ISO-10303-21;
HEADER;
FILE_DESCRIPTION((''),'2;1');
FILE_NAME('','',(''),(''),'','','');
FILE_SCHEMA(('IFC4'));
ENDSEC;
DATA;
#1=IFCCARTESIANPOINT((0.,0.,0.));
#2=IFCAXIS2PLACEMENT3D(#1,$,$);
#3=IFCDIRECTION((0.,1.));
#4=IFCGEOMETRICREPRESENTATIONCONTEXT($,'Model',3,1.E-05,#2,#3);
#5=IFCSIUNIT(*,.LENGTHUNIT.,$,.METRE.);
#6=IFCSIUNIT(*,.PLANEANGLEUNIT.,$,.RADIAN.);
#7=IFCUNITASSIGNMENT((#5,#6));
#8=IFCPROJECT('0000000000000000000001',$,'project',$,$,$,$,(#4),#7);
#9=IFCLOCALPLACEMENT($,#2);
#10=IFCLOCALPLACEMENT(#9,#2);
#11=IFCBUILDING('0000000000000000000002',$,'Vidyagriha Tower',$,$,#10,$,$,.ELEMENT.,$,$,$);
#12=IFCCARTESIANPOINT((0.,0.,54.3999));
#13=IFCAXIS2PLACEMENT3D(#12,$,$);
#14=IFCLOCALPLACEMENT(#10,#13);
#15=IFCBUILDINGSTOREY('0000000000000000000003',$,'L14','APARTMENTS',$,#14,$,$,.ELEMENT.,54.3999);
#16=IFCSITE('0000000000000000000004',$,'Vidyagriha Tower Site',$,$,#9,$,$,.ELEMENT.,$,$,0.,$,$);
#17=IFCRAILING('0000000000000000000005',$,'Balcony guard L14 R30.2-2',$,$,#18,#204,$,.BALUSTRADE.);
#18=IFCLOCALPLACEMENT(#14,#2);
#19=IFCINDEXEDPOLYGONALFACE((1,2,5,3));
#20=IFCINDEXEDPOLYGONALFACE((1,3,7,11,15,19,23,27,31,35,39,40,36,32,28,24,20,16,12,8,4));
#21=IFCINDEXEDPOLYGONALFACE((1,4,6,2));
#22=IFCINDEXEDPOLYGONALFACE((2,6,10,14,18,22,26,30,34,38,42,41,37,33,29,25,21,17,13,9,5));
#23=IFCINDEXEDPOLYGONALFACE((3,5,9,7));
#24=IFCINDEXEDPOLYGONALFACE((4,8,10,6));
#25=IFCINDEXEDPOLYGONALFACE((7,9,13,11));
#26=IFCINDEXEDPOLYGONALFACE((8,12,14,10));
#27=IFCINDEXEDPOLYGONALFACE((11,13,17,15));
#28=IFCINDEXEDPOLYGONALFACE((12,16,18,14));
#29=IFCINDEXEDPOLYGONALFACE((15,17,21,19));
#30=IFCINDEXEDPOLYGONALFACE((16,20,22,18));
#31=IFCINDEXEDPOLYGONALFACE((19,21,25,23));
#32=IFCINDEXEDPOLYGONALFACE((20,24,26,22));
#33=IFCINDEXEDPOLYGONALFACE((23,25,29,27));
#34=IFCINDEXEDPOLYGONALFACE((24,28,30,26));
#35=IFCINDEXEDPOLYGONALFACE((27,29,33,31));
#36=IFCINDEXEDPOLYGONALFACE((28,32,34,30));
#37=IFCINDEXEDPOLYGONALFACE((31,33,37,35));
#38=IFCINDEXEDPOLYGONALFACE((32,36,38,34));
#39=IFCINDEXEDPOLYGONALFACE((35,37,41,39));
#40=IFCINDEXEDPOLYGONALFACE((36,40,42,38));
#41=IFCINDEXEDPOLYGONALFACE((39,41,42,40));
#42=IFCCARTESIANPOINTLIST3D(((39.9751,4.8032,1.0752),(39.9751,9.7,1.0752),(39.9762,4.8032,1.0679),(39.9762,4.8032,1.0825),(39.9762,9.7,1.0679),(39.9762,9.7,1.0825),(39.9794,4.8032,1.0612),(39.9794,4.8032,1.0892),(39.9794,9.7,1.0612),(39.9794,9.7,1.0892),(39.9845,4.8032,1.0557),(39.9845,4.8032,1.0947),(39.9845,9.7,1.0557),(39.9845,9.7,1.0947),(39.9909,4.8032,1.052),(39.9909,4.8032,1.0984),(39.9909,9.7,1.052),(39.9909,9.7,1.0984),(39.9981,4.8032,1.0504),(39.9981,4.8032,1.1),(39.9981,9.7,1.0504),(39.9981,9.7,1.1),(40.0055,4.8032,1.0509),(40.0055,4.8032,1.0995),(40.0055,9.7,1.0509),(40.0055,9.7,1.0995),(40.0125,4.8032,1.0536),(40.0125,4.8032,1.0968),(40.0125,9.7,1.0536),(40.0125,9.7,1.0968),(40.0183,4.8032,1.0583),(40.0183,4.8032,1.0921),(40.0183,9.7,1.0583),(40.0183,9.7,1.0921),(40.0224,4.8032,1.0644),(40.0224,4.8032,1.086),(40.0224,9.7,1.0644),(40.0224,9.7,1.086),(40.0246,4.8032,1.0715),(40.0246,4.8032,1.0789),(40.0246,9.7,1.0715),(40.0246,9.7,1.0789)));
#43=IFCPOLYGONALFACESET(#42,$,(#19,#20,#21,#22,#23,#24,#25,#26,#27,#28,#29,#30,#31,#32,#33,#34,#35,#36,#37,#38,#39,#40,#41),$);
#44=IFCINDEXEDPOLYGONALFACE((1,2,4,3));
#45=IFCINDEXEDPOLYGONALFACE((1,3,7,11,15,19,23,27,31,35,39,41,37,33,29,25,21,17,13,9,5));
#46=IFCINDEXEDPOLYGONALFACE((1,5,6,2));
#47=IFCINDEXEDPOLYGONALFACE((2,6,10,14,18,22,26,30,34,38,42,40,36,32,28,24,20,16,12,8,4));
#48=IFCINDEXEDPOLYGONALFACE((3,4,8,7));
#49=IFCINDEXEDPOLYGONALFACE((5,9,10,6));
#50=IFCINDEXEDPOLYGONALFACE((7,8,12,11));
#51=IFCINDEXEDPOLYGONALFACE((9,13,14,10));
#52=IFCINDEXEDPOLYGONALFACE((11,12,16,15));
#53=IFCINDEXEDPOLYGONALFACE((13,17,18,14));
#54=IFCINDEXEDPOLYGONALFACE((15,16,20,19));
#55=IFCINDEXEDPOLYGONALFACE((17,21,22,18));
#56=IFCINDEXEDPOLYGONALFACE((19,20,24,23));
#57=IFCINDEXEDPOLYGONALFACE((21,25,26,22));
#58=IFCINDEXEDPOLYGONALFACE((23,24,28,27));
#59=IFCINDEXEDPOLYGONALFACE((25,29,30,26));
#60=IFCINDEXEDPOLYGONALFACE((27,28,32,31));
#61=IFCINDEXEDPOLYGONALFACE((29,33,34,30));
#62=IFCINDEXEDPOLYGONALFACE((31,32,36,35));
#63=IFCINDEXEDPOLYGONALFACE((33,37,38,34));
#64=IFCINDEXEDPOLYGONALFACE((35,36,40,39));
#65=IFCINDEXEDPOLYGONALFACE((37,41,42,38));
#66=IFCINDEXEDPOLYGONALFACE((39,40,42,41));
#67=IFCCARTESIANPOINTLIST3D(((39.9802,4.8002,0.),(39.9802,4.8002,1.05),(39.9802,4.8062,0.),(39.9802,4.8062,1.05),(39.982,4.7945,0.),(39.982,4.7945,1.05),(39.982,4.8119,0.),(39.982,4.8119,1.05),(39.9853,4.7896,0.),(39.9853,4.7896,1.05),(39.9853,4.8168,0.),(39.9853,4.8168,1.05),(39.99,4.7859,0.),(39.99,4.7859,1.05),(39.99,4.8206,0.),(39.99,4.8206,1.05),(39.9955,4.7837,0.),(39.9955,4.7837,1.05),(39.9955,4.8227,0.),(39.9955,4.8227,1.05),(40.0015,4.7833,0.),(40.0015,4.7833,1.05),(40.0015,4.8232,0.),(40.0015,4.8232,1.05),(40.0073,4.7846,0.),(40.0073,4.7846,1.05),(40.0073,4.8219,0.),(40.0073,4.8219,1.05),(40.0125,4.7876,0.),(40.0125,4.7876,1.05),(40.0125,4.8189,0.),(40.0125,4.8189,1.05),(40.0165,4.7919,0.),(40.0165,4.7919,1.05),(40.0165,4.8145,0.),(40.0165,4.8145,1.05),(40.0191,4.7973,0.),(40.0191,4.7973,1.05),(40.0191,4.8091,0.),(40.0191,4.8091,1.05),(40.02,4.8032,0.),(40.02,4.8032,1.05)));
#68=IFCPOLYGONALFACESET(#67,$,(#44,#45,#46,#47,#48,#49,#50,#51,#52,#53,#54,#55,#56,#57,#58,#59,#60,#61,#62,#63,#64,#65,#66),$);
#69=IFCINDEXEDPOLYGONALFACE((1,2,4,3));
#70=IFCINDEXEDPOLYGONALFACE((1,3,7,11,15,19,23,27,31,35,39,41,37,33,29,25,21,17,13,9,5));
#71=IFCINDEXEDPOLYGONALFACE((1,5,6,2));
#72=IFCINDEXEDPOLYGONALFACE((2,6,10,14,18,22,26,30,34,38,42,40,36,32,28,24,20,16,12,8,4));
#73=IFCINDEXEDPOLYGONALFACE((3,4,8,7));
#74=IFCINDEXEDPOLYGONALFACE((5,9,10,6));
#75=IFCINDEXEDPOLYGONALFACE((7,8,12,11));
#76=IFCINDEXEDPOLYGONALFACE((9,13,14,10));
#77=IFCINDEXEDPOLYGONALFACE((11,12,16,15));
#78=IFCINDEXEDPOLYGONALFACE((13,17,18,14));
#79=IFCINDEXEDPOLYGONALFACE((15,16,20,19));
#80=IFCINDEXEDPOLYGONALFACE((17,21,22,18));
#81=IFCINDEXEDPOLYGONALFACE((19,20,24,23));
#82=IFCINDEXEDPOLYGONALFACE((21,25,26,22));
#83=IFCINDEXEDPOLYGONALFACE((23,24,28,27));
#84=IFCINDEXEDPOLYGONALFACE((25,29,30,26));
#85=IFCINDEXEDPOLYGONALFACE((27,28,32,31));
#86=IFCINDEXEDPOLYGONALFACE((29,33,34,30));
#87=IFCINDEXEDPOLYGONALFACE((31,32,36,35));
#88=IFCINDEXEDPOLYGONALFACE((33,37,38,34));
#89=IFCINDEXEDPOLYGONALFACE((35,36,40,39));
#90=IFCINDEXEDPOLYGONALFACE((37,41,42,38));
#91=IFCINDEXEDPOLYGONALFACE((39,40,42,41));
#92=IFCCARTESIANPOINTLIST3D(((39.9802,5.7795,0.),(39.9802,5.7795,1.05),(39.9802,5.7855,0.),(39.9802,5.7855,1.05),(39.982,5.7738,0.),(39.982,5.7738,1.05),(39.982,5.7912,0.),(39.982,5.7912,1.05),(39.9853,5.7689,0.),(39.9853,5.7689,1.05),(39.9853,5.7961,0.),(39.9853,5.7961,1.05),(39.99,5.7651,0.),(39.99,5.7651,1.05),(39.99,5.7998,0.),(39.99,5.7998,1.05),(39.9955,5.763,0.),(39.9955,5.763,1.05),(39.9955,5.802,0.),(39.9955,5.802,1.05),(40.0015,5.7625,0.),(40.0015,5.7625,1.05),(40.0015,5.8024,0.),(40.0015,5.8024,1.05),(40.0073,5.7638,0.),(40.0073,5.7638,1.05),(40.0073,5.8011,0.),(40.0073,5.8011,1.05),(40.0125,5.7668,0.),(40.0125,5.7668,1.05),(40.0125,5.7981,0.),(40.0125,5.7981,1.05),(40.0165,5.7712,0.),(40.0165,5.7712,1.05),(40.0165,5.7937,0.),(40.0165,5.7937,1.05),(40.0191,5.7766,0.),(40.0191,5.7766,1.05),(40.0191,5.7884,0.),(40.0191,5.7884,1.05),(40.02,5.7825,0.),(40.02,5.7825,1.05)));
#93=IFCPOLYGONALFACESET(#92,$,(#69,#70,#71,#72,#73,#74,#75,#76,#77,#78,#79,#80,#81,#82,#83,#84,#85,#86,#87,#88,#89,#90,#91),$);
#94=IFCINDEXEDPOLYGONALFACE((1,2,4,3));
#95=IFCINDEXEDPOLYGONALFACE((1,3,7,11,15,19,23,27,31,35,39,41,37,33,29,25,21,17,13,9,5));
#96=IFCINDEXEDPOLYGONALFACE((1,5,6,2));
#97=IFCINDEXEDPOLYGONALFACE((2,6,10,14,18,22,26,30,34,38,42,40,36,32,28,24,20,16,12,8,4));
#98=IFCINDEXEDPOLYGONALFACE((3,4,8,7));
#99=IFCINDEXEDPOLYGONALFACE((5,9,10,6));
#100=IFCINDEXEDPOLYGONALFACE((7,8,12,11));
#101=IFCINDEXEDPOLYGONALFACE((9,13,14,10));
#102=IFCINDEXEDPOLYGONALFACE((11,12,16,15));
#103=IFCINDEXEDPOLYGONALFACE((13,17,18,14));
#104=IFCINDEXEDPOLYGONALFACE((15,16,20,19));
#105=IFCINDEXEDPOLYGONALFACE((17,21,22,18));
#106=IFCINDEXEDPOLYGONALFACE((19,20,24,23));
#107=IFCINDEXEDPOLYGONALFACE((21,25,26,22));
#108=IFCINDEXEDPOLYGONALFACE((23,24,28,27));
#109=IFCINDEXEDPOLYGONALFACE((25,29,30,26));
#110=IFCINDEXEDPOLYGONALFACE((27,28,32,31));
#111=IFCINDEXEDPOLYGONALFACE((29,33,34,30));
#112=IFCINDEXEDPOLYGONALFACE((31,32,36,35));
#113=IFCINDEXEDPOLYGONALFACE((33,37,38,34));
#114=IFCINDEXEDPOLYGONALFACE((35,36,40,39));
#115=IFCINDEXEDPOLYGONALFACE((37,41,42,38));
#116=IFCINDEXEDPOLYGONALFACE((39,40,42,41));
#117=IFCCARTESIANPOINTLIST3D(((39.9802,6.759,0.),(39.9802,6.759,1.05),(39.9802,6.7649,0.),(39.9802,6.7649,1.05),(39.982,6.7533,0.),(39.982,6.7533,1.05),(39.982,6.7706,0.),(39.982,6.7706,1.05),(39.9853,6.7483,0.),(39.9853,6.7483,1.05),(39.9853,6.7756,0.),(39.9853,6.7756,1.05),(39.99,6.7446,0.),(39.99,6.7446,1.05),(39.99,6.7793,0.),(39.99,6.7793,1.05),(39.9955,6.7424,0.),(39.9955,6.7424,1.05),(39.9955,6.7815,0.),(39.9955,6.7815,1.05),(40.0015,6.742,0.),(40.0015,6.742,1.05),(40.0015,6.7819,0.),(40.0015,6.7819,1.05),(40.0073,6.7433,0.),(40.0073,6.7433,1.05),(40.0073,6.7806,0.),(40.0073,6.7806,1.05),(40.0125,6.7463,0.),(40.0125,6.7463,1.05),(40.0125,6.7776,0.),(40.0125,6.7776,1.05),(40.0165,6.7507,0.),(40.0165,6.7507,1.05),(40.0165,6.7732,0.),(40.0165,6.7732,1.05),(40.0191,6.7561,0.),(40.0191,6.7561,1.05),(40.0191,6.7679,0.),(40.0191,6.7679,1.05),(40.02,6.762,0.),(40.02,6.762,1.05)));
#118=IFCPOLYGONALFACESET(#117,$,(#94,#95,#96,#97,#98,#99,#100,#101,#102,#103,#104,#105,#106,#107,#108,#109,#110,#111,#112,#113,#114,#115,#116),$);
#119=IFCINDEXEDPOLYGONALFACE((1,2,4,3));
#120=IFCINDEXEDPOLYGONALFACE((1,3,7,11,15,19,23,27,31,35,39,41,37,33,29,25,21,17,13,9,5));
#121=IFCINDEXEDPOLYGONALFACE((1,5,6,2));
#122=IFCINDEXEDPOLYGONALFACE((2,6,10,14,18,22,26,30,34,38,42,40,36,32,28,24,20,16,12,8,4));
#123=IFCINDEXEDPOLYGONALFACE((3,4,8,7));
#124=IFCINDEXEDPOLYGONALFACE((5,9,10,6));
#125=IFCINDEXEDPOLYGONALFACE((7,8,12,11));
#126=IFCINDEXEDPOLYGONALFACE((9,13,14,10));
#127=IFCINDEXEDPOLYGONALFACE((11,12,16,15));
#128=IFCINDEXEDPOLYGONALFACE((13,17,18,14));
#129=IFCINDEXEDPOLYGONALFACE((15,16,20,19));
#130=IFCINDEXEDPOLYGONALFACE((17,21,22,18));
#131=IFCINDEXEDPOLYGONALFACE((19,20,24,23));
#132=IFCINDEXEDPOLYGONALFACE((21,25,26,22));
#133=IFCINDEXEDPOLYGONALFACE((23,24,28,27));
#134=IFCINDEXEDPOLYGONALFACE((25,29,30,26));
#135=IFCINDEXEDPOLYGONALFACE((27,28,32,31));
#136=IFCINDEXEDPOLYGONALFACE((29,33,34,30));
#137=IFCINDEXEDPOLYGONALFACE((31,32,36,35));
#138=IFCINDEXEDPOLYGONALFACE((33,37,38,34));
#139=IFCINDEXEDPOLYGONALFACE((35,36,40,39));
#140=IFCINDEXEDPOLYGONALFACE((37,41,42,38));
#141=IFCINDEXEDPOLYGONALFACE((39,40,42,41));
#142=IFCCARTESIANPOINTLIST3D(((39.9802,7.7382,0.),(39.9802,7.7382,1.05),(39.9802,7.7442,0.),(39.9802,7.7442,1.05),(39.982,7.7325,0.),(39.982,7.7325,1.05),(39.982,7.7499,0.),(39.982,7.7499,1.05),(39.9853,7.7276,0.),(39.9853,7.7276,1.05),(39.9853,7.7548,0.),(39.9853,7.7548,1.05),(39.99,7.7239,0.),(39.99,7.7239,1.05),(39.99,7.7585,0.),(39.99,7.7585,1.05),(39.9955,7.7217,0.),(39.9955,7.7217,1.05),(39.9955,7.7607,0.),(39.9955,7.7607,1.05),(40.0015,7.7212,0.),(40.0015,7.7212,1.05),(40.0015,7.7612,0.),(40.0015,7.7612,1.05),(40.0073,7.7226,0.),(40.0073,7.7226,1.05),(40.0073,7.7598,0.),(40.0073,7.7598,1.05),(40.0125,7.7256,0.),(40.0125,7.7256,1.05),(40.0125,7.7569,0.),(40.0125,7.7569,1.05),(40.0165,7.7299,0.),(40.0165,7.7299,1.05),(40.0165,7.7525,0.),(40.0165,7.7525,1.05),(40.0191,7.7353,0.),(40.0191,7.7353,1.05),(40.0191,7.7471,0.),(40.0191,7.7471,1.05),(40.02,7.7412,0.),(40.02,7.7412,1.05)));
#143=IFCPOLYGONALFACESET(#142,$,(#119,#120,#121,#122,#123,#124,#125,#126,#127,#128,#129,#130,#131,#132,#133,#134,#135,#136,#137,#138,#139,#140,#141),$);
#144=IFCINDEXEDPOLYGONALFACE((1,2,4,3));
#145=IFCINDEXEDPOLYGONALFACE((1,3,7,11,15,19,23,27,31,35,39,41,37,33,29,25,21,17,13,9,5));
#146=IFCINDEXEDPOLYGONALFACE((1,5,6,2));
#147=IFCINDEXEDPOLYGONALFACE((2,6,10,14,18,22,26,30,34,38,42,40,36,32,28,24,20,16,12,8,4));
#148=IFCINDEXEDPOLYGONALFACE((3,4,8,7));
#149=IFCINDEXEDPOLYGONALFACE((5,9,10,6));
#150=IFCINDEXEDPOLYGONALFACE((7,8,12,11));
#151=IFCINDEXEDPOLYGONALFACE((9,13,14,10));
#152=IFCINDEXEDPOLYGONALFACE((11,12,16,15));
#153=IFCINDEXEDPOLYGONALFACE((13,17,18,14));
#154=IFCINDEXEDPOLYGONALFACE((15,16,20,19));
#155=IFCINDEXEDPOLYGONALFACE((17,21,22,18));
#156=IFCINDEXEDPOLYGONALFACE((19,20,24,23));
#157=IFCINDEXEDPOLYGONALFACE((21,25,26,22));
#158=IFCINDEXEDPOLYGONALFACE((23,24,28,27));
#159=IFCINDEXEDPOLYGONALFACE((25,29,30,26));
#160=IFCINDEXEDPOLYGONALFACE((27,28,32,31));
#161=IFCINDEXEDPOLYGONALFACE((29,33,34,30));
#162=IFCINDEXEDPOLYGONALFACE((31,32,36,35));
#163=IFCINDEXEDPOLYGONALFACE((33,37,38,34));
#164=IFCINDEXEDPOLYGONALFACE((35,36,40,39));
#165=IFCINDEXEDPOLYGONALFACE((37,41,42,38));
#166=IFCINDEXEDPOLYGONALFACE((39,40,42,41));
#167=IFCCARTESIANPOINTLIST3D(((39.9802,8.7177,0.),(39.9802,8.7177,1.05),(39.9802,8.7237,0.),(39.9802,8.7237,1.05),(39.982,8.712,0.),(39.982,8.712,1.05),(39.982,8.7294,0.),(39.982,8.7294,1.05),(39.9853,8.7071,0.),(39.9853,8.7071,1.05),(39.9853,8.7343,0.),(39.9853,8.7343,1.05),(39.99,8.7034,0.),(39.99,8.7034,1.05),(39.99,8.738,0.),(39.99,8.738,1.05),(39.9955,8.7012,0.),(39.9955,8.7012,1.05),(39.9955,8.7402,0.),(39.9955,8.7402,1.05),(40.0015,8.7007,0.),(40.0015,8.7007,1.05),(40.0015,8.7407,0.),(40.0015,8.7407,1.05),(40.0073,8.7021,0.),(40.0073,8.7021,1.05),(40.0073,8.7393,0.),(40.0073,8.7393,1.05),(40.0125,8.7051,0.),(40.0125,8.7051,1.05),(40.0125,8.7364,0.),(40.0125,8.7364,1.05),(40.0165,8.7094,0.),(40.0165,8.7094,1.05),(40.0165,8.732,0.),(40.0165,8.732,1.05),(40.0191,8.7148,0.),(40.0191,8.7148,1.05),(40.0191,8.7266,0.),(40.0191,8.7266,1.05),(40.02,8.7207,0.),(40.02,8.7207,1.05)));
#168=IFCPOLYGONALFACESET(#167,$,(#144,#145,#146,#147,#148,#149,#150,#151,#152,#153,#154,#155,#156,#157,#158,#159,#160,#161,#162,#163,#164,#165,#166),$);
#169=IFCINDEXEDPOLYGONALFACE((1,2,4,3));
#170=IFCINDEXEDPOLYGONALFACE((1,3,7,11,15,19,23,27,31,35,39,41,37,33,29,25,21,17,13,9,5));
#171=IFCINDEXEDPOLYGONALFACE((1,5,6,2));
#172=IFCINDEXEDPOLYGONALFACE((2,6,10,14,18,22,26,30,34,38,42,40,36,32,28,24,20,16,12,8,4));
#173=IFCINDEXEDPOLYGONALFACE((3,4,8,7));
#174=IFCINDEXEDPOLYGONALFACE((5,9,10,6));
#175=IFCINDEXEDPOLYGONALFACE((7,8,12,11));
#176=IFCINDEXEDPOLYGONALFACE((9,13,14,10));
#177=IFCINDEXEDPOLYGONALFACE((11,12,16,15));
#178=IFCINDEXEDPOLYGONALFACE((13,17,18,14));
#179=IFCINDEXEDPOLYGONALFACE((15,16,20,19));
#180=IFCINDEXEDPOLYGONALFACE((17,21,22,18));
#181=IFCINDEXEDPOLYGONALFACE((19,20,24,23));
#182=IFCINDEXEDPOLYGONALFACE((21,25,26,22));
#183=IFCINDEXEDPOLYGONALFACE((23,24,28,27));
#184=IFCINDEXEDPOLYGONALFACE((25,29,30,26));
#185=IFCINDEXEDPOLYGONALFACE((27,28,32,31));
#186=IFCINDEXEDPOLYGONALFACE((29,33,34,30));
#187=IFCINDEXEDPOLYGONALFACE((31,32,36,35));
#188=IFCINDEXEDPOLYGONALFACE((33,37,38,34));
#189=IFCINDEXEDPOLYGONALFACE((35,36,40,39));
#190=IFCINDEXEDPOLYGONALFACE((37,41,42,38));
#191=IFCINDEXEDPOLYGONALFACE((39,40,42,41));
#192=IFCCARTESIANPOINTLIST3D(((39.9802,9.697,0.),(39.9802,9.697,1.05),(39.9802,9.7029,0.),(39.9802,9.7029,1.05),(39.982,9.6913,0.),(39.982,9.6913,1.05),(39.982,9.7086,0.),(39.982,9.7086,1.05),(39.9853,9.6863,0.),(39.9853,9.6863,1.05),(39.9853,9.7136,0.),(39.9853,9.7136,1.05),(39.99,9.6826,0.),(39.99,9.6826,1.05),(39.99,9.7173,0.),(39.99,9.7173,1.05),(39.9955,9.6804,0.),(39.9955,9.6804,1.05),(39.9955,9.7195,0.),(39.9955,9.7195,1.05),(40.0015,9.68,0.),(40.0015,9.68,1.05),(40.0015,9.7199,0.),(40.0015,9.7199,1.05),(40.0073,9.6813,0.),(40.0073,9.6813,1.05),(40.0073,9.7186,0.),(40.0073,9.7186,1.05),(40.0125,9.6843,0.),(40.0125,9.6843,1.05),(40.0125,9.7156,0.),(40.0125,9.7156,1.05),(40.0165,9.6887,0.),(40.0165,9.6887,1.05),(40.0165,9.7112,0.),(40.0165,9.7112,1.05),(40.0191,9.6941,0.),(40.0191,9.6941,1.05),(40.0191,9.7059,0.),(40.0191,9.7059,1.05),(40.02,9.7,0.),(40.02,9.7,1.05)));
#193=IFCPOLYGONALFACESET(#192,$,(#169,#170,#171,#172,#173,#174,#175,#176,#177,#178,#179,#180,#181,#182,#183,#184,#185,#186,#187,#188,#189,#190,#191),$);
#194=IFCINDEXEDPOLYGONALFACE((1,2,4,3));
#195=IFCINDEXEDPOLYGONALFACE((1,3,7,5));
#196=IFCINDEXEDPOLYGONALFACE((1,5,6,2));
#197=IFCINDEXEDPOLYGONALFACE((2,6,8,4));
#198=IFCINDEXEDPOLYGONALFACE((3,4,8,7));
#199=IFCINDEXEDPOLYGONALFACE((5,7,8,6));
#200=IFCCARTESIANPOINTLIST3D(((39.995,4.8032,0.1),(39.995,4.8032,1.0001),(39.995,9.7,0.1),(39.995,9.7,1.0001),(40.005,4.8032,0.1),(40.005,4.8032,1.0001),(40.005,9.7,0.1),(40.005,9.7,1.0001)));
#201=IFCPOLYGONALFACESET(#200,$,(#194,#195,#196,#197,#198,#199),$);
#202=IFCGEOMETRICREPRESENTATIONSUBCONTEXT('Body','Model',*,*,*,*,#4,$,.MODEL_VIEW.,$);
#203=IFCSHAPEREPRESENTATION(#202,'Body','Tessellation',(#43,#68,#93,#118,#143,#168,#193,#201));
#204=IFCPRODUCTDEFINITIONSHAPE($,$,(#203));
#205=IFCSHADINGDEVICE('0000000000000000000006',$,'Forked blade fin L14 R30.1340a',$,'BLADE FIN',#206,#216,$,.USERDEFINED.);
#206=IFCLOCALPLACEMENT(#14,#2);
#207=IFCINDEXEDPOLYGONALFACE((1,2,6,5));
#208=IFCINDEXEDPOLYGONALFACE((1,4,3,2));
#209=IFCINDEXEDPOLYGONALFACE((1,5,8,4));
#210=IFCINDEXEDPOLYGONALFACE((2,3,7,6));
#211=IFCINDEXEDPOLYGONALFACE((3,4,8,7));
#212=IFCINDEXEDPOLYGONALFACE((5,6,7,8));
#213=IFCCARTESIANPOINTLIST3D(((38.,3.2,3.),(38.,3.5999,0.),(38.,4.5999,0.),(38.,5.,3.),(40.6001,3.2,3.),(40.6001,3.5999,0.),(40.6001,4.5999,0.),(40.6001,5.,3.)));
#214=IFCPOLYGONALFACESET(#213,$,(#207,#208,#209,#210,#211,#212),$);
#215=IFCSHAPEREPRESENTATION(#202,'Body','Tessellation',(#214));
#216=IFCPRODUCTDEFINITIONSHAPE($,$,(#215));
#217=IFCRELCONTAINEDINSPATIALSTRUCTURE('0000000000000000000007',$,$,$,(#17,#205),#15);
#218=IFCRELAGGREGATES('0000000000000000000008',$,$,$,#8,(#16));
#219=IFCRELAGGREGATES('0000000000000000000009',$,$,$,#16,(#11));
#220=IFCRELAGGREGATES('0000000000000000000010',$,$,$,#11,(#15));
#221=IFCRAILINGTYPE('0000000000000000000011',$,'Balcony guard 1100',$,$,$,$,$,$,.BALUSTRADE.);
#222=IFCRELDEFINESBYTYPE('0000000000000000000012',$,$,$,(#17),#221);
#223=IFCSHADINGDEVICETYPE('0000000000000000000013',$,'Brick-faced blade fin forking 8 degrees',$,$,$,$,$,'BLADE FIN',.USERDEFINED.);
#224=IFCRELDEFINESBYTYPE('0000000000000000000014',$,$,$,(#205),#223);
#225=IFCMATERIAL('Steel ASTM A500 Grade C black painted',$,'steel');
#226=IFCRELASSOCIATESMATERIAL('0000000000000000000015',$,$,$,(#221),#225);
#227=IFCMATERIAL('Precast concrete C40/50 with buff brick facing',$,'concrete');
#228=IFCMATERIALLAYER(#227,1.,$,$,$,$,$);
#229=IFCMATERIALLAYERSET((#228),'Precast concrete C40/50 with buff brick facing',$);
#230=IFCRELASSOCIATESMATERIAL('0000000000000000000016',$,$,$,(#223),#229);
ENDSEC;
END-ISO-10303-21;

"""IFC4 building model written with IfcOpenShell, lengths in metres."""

from ifc_helpers import new_model, si_unit, direction, frame, origin, origin_2d, place, context, subcontext, project, spatial, polyline, rectangle, circle, outline, extrude, material, layer, layer_set, type_object, element, save


model = new_model("IFC4")

# Units and contexts
model_context = context("Model", 3, precision=1e-05, world=origin(), true_north=direction((0.0, 1.0)))
body_context = subcontext(model_context, "Body", "Model", "MODEL_VIEW")
ifc_project = project(units=[si_unit("LENGTHUNIT", "METRE"), si_unit("PLANEANGLEUNIT", "RADIAN")], contexts=[model_context])

# Site, building, storey
site_placement = place(None, origin())
site = spatial("IfcSite", under=ifc_project, at=site_placement, Name="Vidyagriha Tower Site", CompositionType="ELEMENT", RefElevation=0.0)
building_placement = place(site_placement, origin())
building = spatial("IfcBuilding", under=site, at=building_placement, Name="Vidyagriha Tower", CompositionType="ELEMENT")
storey_placement = place(building_placement, frame((0.0, 0.0, 54.3999)))
storey = spatial("IfcBuildingStorey", under=building, at=storey_placement, Name="L14", Description="APARTMENTS", CompositionType="ELEMENT", Elevation=54.3999)

# Railing
ifc_material_1 = material(Name="Steel ASTM A500 Grade C black painted", Category="steel")
railing_type_1 = type_object("IfcRailingType", Name="Balcony guard 1100", PredefinedType="BALUSTRADE", material=ifc_material_1)
railing_1_placement = place(storey_placement, frame((40.0, 4.8032, 0.0)))
element("IfcRailing", 1, at=railing_1_placement, inside=storey, type_object=railing_type_1, Name="Balcony guard L14 R30.2-2", PredefinedType="BALUSTRADE", context=body_context, shape_type="SweptSolid", body=[
    extrude(circle(Radius=0.0249, at=origin_2d()), frame((0.0, 0.0, 1.0752), z_axis=(0.0, 1.0, 0.0), x_axis=(-1.0, 0.0, 0.0)), (0.0, 0.0, 1.0), 4.8967),
    extrude(circle(Radius=0.02, at=origin_2d()), origin(), (0.0, 0.0, 1.0), 1.05),
    extrude(circle(Radius=0.02, at=origin_2d()), frame((0.0, 0.9792, 0.0)), (0.0, 0.0, 1.0), 1.05),
    extrude(circle(Radius=0.02, at=origin_2d()), frame((0.0, 1.9587, 0.0)), (0.0, 0.0, 1.0), 1.05),
    extrude(circle(Radius=0.02, at=origin_2d()), frame((0.0, 2.938, 0.0)), (0.0, 0.0, 1.0), 1.05),
    extrude(circle(Radius=0.02, at=origin_2d()), frame((0.0, 3.9175, 0.0)), (0.0, 0.0, 1.0), 1.05),
    extrude(circle(Radius=0.02, at=origin_2d()), frame((0.0, 4.8967, 0.0)), (0.0, 0.0, 1.0), 1.05),
    extrude(rectangle(XDim=0.01, YDim=0.9001, at=origin_2d()), frame((0.0, 0.0, 0.55), z_axis=(0.0, 1.0, 0.0), x_axis=(-1.0, 0.0, 0.0)), (0.0, 0.0, 1.0), 4.8967),
])

# Shading device
ifc_material_2 = material(Name="Precast concrete C40/50 with buff brick facing", Category="concrete")
ifc_layer_1 = layer(ifc_material_2, 1.0)
ifc_layer_set_1 = layer_set([ifc_layer_1], Name="Precast concrete C40/50 with buff brick facing")
shading_device_type_1 = type_object("IfcShadingDeviceType", Name="Brick-faced blade fin forking 8 degrees", ElementType="BLADE FIN", PredefinedType="USERDEFINED", material=ifc_layer_set_1)
shading_device_1_placement = place(storey_placement, frame((39.3, 3.2, 0.0), z_axis=(0.0, 0.0, 1.0), x_axis=(0.0, 1.0, 0.0)))
element("IfcShadingDevice", 2, at=shading_device_1_placement, inside=storey, type_object=shading_device_type_1, Name="Forked blade fin L14 R30.1340a", ObjectType="BLADE FIN", PredefinedType="USERDEFINED", context=body_context, shape_type="SweptSolid", body=[
    extrude(outline(polyline([(0.3999, 0.0), (1.3999, 0.0), (1.8, 3.0), (0.0, 3.0), (0.3999, 0.0)])), frame((0.0, 1.3, 0.0), z_axis=(0.0, -1.0, 0.0), x_axis=(1.0, 0.0, 0.0)), (0.0, 0.0, 1.0), 2.6001),
])

save(model, "model.ifc")
